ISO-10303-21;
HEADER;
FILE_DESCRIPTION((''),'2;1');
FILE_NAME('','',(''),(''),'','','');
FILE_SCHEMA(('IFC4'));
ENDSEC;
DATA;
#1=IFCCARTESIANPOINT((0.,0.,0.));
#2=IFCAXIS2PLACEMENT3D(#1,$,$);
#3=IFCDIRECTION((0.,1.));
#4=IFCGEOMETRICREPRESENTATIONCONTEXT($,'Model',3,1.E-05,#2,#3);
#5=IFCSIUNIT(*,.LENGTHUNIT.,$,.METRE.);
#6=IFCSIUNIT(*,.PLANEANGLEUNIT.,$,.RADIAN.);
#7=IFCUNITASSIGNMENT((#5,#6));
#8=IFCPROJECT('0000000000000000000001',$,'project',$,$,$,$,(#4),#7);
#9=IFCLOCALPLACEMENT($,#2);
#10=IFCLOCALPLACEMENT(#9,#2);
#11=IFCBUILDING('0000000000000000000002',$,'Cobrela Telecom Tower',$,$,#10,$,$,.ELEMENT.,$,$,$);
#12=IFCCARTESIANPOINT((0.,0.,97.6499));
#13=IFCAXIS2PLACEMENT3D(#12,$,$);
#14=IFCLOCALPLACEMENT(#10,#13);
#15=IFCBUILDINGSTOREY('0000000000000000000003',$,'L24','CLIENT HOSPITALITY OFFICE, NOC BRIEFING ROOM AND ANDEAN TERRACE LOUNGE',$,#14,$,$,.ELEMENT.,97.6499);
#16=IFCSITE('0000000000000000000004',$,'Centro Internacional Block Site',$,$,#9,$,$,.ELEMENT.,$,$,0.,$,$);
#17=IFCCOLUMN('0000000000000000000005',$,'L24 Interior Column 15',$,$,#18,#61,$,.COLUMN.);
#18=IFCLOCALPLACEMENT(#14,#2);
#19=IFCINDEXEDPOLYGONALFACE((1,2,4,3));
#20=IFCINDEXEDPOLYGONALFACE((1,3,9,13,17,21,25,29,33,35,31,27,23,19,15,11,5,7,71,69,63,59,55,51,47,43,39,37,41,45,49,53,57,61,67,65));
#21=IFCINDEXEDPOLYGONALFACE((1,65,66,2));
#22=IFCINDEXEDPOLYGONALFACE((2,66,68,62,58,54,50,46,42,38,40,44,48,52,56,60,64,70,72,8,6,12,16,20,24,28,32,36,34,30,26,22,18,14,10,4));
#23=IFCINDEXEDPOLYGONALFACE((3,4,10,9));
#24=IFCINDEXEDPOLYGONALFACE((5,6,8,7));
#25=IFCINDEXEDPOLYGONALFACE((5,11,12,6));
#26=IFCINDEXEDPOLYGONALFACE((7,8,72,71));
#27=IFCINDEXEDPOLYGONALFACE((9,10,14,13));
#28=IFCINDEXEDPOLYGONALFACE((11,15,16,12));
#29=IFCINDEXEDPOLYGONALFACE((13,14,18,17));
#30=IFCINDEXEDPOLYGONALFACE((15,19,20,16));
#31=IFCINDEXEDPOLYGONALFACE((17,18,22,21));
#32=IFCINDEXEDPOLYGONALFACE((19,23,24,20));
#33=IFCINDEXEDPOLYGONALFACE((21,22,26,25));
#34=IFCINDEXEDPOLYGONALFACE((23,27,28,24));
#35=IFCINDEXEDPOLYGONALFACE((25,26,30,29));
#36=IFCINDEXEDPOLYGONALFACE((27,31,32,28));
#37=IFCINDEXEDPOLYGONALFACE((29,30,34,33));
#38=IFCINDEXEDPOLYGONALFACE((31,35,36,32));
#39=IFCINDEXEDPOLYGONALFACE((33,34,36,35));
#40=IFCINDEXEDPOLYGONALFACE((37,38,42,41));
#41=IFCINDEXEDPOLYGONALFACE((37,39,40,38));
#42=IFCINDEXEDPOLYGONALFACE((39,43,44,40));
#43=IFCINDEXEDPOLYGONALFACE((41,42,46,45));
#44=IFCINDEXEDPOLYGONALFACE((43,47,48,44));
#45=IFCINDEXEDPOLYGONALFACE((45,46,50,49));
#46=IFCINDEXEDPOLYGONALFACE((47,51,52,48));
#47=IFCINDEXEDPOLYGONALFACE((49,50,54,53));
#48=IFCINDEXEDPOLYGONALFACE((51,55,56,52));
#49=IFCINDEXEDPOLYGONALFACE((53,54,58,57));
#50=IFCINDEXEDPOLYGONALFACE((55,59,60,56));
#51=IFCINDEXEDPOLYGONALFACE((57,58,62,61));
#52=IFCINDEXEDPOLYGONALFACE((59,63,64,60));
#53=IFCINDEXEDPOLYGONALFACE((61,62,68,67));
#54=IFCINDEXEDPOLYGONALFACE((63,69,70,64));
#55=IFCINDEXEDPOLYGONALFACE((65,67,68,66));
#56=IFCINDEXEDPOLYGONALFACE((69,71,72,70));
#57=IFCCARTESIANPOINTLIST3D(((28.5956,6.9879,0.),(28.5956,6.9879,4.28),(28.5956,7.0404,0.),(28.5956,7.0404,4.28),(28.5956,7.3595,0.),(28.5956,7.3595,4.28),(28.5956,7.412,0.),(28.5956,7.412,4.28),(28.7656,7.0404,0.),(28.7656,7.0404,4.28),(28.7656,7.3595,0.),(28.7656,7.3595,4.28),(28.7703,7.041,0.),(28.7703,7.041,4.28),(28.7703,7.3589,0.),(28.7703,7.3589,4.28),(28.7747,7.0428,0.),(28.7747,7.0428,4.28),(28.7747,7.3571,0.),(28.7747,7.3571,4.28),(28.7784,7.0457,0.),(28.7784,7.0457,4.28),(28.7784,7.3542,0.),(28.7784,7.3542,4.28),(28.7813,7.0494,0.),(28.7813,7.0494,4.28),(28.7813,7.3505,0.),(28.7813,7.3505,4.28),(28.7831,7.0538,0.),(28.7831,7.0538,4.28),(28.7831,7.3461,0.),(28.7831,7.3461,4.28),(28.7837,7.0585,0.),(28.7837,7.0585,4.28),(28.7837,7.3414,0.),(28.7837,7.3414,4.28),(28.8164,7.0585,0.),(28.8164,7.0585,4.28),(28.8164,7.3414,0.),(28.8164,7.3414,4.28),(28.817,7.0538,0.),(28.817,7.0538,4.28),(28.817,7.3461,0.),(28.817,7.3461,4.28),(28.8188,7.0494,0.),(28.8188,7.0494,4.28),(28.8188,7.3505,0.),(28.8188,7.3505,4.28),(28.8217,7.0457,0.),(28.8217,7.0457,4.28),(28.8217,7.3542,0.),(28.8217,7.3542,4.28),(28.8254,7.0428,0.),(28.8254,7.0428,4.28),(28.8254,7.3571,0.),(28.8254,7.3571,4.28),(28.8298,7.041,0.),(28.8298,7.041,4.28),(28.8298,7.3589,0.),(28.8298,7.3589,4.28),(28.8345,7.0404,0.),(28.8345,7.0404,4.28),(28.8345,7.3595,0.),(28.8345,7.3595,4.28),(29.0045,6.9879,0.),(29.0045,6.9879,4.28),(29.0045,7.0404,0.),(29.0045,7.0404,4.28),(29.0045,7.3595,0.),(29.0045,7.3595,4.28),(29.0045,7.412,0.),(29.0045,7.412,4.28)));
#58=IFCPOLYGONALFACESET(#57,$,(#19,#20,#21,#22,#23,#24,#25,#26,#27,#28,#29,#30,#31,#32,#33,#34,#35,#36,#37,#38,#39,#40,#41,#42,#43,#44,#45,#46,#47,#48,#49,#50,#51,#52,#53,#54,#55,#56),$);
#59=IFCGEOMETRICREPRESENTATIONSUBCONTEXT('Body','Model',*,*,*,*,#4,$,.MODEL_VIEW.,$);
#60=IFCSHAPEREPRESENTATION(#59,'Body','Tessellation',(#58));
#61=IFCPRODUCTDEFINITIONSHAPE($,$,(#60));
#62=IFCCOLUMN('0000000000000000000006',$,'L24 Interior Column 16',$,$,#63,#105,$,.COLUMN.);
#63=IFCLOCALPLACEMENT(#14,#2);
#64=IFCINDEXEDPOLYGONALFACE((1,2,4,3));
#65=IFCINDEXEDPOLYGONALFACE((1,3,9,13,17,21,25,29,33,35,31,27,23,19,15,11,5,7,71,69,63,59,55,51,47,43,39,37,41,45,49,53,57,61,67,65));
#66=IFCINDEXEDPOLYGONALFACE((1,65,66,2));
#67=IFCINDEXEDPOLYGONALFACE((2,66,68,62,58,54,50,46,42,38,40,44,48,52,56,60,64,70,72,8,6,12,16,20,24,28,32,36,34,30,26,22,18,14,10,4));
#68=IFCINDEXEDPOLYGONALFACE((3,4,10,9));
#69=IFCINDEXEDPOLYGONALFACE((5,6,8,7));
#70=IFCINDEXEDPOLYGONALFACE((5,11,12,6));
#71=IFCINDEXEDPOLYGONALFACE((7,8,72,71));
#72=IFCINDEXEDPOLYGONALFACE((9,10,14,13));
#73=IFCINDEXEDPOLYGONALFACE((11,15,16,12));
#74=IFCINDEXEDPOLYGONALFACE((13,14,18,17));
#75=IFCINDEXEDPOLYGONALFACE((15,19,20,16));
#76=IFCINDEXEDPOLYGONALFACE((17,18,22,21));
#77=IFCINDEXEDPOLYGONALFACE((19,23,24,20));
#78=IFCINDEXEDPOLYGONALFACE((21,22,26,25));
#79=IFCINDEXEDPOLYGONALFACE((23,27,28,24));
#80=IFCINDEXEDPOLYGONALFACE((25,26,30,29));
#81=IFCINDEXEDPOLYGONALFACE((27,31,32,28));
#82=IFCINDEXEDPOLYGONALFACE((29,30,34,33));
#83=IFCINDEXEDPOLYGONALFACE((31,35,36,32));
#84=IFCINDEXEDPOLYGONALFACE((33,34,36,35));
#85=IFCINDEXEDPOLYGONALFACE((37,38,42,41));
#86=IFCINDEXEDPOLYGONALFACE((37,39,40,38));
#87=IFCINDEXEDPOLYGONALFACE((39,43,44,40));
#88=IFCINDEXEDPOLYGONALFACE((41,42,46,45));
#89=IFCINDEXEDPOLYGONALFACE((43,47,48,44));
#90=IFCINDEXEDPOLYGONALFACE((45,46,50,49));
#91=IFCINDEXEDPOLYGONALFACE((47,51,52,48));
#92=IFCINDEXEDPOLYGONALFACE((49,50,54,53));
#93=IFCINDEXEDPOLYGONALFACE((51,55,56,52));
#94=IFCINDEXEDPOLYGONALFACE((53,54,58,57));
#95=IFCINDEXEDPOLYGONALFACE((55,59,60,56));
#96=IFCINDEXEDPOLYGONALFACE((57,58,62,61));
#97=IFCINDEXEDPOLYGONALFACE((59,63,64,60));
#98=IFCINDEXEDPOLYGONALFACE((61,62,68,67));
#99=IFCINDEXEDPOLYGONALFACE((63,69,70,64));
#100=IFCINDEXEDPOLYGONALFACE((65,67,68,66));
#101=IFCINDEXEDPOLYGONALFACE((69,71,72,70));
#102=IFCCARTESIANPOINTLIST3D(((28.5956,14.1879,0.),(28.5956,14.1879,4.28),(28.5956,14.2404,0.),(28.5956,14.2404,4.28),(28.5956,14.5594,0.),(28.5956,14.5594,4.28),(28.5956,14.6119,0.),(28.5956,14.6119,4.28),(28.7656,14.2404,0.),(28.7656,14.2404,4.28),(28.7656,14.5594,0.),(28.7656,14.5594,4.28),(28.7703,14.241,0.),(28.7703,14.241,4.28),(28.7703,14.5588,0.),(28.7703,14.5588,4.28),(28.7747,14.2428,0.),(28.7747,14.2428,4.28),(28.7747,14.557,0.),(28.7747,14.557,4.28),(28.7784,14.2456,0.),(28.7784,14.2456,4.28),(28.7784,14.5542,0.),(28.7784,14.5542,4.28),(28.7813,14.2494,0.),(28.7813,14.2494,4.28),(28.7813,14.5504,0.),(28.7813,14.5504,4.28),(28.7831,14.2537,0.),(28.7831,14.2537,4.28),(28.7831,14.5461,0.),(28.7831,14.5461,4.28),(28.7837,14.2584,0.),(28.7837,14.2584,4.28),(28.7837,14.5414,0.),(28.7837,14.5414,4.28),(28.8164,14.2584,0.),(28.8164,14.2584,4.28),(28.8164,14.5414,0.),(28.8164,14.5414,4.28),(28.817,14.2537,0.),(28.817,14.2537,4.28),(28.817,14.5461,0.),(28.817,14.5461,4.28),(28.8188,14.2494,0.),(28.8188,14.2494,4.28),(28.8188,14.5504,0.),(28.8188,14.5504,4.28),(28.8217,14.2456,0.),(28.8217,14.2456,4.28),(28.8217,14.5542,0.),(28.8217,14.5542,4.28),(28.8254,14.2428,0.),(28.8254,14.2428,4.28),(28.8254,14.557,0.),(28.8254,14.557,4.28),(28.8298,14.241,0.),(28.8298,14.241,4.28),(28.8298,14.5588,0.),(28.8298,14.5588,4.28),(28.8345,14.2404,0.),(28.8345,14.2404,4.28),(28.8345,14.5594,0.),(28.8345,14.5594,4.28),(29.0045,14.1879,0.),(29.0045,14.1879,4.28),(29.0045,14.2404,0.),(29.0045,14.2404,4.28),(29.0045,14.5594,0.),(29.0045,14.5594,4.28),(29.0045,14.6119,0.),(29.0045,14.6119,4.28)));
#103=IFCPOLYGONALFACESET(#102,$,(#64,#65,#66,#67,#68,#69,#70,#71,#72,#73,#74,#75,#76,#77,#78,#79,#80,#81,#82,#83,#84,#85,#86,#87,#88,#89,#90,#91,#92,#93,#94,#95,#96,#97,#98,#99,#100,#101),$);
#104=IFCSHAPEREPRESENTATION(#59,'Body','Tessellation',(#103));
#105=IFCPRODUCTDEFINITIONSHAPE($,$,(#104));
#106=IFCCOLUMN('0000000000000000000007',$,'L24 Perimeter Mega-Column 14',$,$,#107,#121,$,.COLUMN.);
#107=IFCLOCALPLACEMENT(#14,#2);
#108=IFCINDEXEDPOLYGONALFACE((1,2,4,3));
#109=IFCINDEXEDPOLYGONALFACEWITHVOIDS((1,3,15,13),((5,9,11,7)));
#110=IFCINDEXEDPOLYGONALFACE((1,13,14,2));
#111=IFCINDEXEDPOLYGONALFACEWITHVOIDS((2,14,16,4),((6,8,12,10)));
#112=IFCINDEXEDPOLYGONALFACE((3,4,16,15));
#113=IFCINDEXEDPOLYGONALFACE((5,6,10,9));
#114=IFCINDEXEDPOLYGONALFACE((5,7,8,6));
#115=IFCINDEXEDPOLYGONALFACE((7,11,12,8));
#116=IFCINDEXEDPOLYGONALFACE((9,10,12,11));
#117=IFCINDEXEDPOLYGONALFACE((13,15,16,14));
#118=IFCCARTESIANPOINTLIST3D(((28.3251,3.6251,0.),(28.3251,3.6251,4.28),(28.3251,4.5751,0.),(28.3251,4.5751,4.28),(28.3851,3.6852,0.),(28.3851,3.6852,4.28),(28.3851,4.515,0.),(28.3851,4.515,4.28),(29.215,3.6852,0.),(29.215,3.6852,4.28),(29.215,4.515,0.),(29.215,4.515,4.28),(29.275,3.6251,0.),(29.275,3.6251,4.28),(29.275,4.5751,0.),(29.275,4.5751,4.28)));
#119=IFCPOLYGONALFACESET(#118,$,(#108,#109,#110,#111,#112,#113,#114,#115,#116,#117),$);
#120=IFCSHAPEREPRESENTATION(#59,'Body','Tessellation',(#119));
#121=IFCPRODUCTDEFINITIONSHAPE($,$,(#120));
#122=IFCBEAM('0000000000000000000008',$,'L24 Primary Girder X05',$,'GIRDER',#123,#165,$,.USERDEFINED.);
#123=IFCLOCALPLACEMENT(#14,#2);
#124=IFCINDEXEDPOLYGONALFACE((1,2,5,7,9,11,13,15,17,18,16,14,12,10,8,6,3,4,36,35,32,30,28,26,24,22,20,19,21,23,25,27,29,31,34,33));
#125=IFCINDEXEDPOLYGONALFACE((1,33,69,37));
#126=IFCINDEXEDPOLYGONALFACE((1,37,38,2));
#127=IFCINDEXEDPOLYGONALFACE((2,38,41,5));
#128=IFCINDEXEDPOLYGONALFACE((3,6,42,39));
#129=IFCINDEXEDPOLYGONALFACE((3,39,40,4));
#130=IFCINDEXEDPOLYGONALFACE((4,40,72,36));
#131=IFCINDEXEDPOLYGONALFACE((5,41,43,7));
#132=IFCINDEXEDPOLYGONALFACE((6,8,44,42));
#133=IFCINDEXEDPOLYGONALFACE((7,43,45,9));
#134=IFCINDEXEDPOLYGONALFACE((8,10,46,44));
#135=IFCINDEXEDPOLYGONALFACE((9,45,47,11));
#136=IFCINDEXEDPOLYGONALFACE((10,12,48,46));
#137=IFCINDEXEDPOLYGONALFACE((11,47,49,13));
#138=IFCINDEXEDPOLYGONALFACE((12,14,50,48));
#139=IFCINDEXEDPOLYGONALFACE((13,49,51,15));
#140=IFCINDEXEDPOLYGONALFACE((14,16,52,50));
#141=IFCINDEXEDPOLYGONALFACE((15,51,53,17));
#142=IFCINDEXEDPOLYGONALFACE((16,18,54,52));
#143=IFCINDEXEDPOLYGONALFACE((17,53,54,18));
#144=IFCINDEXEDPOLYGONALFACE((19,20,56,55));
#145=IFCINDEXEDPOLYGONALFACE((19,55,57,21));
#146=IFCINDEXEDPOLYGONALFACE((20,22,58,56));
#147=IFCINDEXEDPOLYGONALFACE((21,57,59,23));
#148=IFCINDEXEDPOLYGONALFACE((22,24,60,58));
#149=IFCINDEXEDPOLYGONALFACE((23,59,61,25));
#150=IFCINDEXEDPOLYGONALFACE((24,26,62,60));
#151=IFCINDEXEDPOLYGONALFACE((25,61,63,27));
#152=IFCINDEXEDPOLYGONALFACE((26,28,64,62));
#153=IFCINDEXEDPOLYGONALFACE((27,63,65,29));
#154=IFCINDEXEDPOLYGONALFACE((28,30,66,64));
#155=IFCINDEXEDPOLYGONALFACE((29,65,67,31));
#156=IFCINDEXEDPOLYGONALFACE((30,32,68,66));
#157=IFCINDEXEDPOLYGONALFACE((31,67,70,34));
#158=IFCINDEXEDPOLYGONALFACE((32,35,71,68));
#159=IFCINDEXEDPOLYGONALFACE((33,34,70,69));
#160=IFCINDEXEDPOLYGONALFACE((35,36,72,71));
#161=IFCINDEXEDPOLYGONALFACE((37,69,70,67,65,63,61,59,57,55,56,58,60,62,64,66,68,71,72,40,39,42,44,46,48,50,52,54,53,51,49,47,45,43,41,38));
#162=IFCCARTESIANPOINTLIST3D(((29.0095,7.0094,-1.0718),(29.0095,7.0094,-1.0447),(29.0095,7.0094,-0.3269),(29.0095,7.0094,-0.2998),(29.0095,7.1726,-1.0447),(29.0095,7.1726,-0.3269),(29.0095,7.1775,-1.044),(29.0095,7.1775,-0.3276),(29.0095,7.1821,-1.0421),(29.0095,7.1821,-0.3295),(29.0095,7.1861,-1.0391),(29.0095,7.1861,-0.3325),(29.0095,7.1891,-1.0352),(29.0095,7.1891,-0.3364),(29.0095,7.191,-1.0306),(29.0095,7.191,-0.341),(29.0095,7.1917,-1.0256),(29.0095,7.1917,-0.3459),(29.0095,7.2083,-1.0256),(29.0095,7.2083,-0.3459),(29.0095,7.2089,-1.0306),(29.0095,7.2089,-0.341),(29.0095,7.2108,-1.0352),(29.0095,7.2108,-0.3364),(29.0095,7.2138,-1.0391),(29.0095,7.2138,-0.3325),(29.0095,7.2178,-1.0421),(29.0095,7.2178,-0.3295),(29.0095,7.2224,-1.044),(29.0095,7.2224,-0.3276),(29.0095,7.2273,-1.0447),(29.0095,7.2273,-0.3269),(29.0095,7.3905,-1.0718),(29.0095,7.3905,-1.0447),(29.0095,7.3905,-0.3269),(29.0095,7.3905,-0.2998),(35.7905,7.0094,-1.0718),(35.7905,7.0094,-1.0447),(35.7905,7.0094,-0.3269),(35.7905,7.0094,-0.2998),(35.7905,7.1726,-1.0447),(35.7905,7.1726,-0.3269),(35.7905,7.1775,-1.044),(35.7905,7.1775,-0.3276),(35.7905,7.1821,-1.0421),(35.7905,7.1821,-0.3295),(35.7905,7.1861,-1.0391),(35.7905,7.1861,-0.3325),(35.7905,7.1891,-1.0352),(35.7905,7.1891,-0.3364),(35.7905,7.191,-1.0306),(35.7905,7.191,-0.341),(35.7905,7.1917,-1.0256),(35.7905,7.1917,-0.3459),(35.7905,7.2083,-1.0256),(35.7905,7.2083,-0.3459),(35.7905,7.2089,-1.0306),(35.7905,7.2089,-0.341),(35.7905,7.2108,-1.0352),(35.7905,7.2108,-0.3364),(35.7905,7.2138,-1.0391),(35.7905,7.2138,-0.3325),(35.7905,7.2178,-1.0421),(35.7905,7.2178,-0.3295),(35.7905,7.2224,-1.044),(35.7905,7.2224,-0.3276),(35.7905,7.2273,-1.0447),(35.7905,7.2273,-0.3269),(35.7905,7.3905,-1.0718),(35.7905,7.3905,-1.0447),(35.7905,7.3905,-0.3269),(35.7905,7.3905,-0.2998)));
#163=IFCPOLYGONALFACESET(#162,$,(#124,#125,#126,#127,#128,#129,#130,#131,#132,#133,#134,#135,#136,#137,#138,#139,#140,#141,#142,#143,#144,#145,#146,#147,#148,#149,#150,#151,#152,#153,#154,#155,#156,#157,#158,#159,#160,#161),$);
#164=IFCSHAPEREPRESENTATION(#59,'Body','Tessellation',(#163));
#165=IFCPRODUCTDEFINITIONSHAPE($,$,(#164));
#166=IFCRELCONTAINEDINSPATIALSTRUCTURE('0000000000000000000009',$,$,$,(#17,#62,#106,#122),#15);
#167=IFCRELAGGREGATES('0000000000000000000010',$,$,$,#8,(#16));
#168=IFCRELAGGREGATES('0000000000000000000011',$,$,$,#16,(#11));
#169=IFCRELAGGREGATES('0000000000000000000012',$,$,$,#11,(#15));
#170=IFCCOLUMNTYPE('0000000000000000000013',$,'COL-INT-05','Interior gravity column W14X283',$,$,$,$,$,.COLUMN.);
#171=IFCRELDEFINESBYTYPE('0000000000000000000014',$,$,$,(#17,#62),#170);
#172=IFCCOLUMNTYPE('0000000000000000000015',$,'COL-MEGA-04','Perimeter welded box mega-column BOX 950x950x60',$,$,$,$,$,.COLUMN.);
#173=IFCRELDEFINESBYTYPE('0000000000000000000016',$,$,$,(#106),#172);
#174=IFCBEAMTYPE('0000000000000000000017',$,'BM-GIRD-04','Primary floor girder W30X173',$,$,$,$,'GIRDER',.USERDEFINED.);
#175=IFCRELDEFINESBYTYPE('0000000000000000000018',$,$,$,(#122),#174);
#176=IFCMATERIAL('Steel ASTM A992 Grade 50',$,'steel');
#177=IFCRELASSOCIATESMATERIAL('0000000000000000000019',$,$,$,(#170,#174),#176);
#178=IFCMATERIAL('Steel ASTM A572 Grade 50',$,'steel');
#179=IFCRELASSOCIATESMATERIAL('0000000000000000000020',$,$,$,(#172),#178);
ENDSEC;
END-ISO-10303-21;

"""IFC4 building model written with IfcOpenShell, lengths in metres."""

from ifc_helpers import new_model, si_unit, direction, frame, origin, origin_2d, place, context, subcontext, project, spatial, hollow_rectangle, i_section, extrude, material, material_profile, profile_set, type_object, element, save


model = new_model("IFC4")

# Units and contexts
model_context = context("Model", 3, precision=1e-05, world=origin(), true_north=direction((0.0, 1.0)))
body_context = subcontext(model_context, "Body", "Model", "MODEL_VIEW")
ifc_project = project(units=[si_unit("LENGTHUNIT", "METRE"), si_unit("PLANEANGLEUNIT", "RADIAN")], contexts=[model_context])

# Site, building, storey
site_placement = place(None, origin())
site = spatial("IfcSite", under=ifc_project, at=site_placement, Name="Centro Internacional Block Site", CompositionType="ELEMENT", RefElevation=0.0)
building_placement = place(site_placement, origin())
building = spatial("IfcBuilding", under=site, at=building_placement, Name="Cobrela Telecom Tower", CompositionType="ELEMENT")
storey_placement = place(building_placement, frame((0.0, 0.0, 97.6499)))
storey = spatial("IfcBuildingStorey", under=building, at=storey_placement, Name="L24", Description="CLIENT HOSPITALITY OFFICE, NOC BRIEFING ROOM AND ANDEAN TERRACE LOUNGE", CompositionType="ELEMENT", Elevation=97.6499)

# Columns
ifc_material_1 = material(Name="Steel ASTM A992 Grade 50", Category="steel")
ifc_material_profile_1 = material_profile(ifc_material_1, i_section(OverallWidth=0.4089, OverallDepth=0.4241, WebThickness=0.0327, FlangeThickness=0.0525, FilletRadius=0.0181, at=origin_2d()), Name="W14X283")
ifc_profile_set_1 = profile_set([ifc_material_profile_1], Name="Steel ASTM A992 Grade 50")
column_type_1 = type_object("IfcColumnType", Name="COL-INT-05", Description="Interior gravity column W14X283", PredefinedType="COLUMN", material=ifc_profile_set_1)
for number, where, z_axis, x_axis, name in (
    (1, (28.8, 7.2, 0.0), (0.0, 0.0, 1.0), (1.0, 0.0, 0.0), "L24 Interior Column 15"),
    (2, (28.8, 14.3999, 0.0), (0.0, 0.0, 1.0), (1.0, 0.0, 0.0), "L24 Interior Column 16"),
):
    element("IfcColumn", number, at=place(storey_placement, frame(where, z_axis=z_axis, x_axis=x_axis)), inside=storey, type_object=column_type_1, Name=name, PredefinedType="COLUMN", context=body_context, shape_type="SweptSolid", body=[
        extrude(i_section(OverallWidth=0.4089, OverallDepth=0.4241, WebThickness=0.0327, FlangeThickness=0.0525, FilletRadius=0.0181, at=origin_2d()), origin(), (0.0, 0.0, 1.0), 4.28),
    ])
ifc_material_2 = material(Name="Steel ASTM A572 Grade 50", Category="steel")
ifc_material_profile_2 = material_profile(ifc_material_2, hollow_rectangle(XDim=0.95, YDim=0.95, WallThickness=0.0601, at=origin_2d()), Name="BOX 950x950x60")
ifc_profile_set_2 = profile_set([ifc_material_profile_2], Name="Steel ASTM A572 Grade 50")
column_type_2 = type_object("IfcColumnType", Name="COL-MEGA-04", Description="Perimeter welded box mega-column BOX 950x950x60", PredefinedType="COLUMN", material=ifc_profile_set_2)
column_placement = place(storey_placement, frame((28.8, 4.1001, 0.0), z_axis=(0.0, 0.0, 1.0), x_axis=(1.0, 0.0, 0.0)))
element("IfcColumn", 3, at=column_placement, inside=storey, type_object=column_type_2, Name="L24 Perimeter Mega-Column 14", PredefinedType="COLUMN", context=body_context, shape_type="SweptSolid", body=[
    extrude(hollow_rectangle(XDim=0.95, YDim=0.95, WallThickness=0.0601, at=origin_2d()), origin(), (0.0, 0.0, 1.0), 4.28),
])

# Beam
ifc_material_profile_3 = material_profile(ifc_material_1, i_section(OverallWidth=0.3811, OverallDepth=0.772, WebThickness=0.0166, FlangeThickness=0.0271, FilletRadius=0.019, at=origin_2d()), Name="W30X173")
ifc_profile_set_3 = profile_set([ifc_material_profile_3], Name="Steel ASTM A992 Grade 50")
beam_type_1 = type_object("IfcBeamType", Name="BM-GIRD-04", Description="Primary floor girder W30X173", ElementType="GIRDER", PredefinedType="USERDEFINED", material=ifc_profile_set_3)
for number, where, z_axis, x_axis, name in (
    (4, (29.0095, 7.2, -0.6858), (1.0, 0.0, 0.0), (0.0, 1.0, 0.0), "L24 Primary Girder X05"),
):
    element("IfcBeam", number, at=place(storey_placement, frame(where, z_axis=z_axis, x_axis=x_axis)), inside=storey, type_object=beam_type_1, Name=name, ObjectType="GIRDER", PredefinedType="USERDEFINED", context=body_context, shape_type="SweptSolid", body=[
        extrude(i_section(OverallWidth=0.3811, OverallDepth=0.772, WebThickness=0.0166, FlangeThickness=0.0271, FilletRadius=0.019, at=origin_2d()), origin(), (0.0, 0.0, 1.0), 6.781),
    ])

save(model, "model.ifc")
